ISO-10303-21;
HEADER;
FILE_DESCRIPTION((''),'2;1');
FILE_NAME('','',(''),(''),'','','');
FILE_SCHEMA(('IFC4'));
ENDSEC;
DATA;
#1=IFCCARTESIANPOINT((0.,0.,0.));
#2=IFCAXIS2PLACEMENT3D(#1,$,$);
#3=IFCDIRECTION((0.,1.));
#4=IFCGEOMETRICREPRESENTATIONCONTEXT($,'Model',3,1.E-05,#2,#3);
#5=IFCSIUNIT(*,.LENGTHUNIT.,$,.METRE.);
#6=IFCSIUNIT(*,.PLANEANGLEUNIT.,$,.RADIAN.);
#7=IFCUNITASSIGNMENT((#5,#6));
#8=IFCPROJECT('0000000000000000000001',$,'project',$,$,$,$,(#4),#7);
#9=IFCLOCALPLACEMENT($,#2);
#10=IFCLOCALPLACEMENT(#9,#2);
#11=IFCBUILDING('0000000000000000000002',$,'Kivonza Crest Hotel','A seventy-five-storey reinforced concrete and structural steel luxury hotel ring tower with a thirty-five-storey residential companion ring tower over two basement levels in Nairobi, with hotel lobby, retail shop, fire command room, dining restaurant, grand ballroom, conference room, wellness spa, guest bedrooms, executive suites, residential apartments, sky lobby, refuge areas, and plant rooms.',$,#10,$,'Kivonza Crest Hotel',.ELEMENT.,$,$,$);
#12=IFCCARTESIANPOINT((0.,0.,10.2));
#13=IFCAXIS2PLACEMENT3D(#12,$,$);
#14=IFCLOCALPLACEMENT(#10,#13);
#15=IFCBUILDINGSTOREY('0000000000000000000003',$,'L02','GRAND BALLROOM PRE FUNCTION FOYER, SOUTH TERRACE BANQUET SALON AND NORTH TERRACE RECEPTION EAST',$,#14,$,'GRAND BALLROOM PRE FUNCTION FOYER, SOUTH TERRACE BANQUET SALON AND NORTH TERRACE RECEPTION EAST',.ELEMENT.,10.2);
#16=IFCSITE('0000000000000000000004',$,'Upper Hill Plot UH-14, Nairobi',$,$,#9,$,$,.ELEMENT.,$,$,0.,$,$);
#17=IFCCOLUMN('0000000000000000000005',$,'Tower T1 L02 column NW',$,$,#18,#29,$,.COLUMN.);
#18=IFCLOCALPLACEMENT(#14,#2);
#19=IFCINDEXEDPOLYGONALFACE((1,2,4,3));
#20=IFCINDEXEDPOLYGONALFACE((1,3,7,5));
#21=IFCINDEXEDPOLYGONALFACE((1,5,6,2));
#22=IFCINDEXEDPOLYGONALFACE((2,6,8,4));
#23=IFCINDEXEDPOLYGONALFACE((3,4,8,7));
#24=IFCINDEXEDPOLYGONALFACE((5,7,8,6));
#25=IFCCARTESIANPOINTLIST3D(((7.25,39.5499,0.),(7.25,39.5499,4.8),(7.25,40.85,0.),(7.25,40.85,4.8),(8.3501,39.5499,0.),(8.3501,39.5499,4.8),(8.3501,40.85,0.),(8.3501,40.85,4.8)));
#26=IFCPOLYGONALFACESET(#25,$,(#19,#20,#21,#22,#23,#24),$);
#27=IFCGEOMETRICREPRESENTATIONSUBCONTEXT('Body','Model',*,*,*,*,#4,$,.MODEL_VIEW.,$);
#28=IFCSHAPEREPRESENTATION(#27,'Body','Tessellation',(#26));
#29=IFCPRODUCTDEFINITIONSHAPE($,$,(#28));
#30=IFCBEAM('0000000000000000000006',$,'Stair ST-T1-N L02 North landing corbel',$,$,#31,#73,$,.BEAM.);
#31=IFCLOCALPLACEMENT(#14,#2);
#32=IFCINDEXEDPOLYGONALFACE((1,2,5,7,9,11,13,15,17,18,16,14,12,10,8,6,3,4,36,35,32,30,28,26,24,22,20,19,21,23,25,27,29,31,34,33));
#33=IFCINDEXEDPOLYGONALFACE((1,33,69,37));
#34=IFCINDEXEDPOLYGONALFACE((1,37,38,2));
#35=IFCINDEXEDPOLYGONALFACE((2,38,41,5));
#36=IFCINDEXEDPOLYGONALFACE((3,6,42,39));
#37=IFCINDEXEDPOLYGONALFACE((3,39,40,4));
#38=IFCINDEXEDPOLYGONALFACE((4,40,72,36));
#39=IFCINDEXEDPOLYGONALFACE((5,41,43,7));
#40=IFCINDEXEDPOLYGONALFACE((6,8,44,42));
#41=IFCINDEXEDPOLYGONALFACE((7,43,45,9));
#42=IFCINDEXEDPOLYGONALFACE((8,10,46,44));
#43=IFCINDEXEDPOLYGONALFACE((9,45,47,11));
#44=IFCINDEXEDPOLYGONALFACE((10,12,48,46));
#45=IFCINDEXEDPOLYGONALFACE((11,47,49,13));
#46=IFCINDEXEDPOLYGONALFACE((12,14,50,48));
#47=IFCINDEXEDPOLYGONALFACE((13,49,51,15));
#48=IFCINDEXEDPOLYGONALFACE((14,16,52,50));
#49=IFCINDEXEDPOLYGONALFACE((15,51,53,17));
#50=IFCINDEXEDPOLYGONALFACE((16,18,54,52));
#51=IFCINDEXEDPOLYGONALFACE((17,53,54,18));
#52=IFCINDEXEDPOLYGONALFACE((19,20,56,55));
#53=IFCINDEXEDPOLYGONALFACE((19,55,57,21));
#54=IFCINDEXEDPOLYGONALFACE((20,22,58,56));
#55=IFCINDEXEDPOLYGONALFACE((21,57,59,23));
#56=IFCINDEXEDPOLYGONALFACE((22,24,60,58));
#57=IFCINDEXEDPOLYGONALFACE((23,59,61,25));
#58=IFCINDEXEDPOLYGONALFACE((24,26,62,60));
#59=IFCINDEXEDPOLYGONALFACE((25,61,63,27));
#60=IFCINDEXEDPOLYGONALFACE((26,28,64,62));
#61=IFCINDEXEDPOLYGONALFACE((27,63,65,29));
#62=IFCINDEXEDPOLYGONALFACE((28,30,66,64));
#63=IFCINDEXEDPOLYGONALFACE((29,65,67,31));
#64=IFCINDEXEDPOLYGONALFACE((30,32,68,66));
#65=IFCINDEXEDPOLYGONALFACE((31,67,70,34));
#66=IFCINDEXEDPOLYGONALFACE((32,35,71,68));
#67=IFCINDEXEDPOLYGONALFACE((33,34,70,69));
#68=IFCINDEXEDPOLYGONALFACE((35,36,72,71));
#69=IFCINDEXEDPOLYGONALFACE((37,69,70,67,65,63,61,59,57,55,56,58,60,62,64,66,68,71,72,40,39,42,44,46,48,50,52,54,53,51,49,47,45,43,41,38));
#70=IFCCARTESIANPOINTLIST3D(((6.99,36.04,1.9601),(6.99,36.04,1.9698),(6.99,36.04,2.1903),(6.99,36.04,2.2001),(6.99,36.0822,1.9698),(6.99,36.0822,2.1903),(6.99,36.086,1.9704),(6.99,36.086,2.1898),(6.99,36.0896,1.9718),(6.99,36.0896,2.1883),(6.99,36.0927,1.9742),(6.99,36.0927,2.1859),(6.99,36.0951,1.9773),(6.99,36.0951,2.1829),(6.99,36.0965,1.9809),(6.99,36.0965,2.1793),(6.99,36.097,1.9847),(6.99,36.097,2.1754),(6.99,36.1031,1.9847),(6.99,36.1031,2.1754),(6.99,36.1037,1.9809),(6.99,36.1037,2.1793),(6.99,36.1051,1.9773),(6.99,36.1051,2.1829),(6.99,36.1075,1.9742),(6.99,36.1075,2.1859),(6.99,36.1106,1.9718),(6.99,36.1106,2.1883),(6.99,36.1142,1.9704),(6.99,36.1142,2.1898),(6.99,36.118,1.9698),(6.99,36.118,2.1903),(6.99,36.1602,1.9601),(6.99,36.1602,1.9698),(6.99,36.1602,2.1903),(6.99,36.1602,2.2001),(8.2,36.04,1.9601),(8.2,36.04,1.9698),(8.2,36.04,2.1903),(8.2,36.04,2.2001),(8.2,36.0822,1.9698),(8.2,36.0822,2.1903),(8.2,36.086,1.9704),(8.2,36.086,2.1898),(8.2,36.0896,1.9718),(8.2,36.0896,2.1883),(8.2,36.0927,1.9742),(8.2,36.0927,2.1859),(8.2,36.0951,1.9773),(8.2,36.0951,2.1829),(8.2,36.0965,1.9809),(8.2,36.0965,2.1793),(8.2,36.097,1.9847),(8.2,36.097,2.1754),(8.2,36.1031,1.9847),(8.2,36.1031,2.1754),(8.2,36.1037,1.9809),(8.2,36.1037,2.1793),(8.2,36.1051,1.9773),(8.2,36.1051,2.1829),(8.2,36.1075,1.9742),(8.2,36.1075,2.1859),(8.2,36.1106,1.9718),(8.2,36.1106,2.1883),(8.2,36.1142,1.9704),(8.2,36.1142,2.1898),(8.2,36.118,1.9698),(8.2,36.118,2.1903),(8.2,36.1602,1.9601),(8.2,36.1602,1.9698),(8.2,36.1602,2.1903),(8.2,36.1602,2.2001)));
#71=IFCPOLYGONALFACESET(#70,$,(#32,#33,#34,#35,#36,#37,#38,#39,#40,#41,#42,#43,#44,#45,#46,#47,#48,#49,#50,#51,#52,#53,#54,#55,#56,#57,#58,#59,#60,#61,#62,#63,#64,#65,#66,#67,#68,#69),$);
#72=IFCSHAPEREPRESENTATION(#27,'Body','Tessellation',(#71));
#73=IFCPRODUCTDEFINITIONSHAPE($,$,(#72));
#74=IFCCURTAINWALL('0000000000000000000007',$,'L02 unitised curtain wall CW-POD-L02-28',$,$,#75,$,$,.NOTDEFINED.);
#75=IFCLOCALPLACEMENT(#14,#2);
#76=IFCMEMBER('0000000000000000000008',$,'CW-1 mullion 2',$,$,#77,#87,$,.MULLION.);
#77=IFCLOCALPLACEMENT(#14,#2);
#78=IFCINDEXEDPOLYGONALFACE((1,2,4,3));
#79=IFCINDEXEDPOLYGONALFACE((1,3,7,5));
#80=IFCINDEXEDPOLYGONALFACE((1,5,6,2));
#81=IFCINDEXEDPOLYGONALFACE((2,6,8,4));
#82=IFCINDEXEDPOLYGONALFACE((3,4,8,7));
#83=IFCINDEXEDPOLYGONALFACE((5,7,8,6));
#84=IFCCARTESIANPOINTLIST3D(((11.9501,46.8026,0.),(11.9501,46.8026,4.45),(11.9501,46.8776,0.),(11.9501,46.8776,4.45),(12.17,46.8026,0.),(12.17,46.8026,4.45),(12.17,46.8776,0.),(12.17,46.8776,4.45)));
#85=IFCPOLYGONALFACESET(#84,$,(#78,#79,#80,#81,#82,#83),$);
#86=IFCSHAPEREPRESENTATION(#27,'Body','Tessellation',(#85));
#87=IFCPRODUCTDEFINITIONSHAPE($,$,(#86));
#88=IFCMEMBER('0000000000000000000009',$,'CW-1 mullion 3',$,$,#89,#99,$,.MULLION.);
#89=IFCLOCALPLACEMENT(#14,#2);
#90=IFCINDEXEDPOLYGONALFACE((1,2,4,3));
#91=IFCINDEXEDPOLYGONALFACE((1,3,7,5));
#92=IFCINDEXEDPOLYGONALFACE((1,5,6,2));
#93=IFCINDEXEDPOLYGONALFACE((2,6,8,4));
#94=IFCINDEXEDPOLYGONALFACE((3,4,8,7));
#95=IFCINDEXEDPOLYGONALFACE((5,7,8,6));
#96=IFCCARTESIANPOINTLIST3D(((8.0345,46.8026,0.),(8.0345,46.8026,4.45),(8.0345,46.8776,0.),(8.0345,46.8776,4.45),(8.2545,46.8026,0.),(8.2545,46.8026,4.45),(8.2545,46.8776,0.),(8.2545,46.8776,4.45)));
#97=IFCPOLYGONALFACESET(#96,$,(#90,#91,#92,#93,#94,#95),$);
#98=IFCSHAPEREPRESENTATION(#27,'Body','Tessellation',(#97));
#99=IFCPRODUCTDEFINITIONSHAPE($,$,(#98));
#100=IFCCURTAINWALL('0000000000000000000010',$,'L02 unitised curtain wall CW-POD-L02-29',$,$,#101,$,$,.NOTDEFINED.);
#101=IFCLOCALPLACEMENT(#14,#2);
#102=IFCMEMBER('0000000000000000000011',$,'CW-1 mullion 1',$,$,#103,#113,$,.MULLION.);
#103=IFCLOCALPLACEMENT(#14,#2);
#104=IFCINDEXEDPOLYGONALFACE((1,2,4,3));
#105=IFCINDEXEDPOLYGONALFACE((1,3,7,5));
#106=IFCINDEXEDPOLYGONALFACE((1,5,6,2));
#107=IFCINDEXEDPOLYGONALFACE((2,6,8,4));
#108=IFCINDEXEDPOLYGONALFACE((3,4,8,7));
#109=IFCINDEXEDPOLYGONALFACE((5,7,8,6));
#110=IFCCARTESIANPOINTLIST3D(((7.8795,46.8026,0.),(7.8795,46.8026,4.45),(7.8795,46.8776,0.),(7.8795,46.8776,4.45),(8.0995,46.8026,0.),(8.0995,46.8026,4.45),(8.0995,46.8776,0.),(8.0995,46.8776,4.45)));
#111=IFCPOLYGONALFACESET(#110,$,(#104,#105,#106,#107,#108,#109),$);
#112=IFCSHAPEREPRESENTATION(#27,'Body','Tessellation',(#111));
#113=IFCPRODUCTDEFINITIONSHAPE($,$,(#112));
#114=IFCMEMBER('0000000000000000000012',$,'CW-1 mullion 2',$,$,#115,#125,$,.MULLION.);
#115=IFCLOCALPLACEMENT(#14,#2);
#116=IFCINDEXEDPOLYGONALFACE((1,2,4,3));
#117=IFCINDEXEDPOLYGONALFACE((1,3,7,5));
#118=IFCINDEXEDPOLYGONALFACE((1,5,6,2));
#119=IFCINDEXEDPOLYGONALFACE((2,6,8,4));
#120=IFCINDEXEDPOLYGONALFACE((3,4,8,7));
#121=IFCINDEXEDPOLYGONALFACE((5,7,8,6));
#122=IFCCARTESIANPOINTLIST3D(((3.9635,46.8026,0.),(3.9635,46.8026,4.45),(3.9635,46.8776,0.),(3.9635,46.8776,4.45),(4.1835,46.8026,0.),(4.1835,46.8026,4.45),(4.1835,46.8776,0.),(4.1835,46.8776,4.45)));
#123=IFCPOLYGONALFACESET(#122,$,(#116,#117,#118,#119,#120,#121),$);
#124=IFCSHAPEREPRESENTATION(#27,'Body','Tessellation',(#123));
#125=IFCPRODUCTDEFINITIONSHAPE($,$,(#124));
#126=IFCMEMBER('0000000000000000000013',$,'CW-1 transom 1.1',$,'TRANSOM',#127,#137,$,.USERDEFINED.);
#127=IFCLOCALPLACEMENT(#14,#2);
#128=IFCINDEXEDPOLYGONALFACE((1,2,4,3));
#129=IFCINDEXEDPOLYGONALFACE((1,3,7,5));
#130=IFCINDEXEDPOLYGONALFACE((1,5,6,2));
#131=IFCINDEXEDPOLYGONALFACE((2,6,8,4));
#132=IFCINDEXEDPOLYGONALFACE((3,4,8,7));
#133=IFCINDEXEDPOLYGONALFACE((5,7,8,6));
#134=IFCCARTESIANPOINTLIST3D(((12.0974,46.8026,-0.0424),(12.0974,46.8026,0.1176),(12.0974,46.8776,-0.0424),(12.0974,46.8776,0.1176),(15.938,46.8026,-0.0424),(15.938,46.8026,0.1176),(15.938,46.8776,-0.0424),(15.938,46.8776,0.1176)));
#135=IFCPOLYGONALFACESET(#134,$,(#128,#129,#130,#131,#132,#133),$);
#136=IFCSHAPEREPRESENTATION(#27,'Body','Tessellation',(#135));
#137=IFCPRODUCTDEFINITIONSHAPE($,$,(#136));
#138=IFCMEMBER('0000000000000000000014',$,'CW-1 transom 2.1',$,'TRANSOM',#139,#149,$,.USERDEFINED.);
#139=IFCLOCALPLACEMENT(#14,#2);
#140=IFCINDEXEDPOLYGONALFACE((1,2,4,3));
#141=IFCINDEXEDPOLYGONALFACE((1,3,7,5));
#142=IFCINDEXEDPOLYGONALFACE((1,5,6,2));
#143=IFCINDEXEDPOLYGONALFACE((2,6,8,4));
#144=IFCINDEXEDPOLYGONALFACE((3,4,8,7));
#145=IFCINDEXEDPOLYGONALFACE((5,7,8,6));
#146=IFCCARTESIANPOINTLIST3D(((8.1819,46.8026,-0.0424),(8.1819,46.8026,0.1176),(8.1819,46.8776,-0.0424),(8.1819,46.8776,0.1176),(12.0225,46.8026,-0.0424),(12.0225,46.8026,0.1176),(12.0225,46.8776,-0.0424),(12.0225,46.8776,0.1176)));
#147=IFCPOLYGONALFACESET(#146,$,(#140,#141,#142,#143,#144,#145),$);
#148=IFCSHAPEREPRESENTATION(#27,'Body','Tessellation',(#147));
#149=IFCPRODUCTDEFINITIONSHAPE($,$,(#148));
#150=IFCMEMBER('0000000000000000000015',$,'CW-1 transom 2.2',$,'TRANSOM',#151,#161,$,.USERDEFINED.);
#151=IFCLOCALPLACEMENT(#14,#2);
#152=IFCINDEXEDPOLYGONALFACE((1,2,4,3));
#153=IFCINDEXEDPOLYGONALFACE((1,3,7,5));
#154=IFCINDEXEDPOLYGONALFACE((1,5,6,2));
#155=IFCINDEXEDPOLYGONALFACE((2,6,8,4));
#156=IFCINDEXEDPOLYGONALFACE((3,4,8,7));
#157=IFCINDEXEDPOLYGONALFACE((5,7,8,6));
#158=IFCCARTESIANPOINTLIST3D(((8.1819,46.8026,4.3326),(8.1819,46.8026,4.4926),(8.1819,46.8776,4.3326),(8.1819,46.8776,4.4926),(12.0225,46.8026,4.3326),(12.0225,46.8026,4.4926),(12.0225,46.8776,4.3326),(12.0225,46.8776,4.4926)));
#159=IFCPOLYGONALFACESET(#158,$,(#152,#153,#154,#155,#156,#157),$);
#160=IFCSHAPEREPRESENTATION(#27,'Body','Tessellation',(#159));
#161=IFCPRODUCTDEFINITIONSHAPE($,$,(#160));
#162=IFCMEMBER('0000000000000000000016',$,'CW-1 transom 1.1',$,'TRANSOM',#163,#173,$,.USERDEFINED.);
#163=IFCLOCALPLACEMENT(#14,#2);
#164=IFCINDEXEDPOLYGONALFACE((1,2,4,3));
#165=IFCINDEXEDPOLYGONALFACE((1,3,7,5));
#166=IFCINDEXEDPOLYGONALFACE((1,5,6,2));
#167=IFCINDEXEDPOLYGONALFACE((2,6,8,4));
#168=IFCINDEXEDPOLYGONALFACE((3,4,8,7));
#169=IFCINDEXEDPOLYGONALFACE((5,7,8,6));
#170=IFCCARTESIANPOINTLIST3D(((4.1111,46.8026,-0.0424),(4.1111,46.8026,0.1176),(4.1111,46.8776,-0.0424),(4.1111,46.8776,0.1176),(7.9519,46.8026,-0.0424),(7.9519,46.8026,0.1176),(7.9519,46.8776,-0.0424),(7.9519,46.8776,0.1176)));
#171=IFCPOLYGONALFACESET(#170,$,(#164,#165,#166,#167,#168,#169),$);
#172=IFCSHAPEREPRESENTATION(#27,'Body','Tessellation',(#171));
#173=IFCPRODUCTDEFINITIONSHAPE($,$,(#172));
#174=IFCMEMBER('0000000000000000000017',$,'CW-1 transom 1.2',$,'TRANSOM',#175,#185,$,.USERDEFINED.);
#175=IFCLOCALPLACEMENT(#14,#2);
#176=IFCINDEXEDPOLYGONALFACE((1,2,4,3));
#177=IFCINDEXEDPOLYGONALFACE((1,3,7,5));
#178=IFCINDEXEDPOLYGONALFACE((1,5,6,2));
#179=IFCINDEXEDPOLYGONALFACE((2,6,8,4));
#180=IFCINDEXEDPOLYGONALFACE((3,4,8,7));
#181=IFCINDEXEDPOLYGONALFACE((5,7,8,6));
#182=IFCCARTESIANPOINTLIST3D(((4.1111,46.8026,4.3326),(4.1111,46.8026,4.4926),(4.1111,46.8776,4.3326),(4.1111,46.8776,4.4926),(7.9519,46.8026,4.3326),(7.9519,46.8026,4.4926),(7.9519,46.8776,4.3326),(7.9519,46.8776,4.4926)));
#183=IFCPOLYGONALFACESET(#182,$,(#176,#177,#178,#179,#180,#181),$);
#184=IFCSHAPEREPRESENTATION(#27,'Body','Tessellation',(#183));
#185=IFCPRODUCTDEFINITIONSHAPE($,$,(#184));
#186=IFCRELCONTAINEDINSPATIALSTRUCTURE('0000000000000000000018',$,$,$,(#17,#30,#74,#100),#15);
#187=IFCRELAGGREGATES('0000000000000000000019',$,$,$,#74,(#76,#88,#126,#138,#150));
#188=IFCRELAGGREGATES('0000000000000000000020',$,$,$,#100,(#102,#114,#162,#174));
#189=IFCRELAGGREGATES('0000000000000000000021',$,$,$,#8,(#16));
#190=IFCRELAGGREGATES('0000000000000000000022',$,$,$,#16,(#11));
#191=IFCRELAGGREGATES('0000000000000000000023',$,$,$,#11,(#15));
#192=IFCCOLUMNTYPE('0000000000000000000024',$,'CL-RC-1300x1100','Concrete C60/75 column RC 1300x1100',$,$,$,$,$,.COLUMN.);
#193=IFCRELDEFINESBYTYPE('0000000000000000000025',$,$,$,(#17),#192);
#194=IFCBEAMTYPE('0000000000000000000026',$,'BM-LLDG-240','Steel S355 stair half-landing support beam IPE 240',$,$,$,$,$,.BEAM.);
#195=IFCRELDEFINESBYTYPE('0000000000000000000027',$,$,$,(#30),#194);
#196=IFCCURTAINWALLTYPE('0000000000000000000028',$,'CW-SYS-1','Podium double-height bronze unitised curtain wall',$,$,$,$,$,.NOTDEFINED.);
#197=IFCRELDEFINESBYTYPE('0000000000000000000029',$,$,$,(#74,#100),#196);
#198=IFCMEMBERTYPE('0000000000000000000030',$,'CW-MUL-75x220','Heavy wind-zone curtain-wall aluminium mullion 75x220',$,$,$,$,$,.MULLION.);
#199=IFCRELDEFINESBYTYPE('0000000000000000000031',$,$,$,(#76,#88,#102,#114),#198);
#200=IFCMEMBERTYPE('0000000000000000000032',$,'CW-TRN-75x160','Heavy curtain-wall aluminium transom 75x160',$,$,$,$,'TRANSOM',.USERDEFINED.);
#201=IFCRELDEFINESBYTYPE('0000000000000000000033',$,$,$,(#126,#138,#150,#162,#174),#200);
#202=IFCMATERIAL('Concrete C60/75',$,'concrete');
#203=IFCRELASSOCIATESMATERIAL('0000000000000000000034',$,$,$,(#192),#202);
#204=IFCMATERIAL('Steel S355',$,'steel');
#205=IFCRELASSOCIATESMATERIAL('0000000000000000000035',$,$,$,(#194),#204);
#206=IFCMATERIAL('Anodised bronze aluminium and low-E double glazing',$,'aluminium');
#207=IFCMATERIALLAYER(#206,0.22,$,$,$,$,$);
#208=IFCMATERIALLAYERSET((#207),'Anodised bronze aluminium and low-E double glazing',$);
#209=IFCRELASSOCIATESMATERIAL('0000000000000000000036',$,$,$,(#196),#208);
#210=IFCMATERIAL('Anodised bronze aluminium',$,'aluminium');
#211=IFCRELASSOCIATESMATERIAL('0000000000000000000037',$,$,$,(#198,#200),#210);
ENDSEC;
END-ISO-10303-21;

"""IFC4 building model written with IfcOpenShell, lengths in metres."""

from ifc_helpers import new_model, si_unit, direction, frame, origin, origin_2d, place, context, subcontext, project, spatial, rectangle, i_section, extrude, material, layer, layer_set, material_profile, profile_set, type_object, element, aggregate, save


model = new_model("IFC4")

# Units and contexts
model_context = context("Model", 3, precision=1e-05, world=origin(), true_north=direction((0.0, 1.0)))
body_context = subcontext(model_context, "Body", "Model", "MODEL_VIEW")
ifc_project = project(units=[si_unit("LENGTHUNIT", "METRE"), si_unit("PLANEANGLEUNIT", "RADIAN")], contexts=[model_context])

# Site, building, storey
site_placement = place(None, origin())
site = spatial("IfcSite", under=ifc_project, at=site_placement, Name="Upper Hill Plot UH-14, Nairobi", CompositionType="ELEMENT", RefElevation=0.0)
building_placement = place(site_placement, origin())
building = spatial("IfcBuilding", under=site, at=building_placement, Name="Kivonza Crest Hotel", Description="A seventy-five-storey reinforced concrete and structural steel luxury hotel ring tower with a thirty-five-storey residential companion ring tower over two basement levels in Nairobi, with hotel lobby, retail shop, fire command room, dining restaurant, grand ballroom, conference room, wellness spa, guest bedrooms, executive suites, residential apartments, sky lobby, refuge areas, and plant rooms.", LongName="Kivonza Crest Hotel", CompositionType="ELEMENT")
storey_placement = place(building_placement, frame((0.0, 0.0, 10.2)))
storey = spatial("IfcBuildingStorey", under=building, at=storey_placement, Name="L02", Description="GRAND BALLROOM PRE FUNCTION FOYER, SOUTH TERRACE BANQUET SALON AND NORTH TERRACE RECEPTION EAST", LongName="GRAND BALLROOM PRE FUNCTION FOYER, SOUTH TERRACE BANQUET SALON AND NORTH TERRACE RECEPTION EAST", CompositionType="ELEMENT", Elevation=10.2)

# Column
ifc_material_1 = material(Name="Concrete C60/75", Category="concrete")
ifc_material_profile_1 = material_profile(ifc_material_1, rectangle(XDim=1.1001, YDim=1.3, at=origin_2d()), Name="RC 1300x1100")
ifc_profile_set_1 = profile_set([ifc_material_profile_1], Name="Concrete C60/75")
column_type = type_object("IfcColumnType", Name="CL-RC-1300x1100", Description="Concrete C60/75 column RC 1300x1100", PredefinedType="COLUMN", material=ifc_profile_set_1)
column_placement = place(storey_placement, frame((7.8, 40.2, 0.0), z_axis=(0.0, 0.0, 1.0), x_axis=(1.0, 0.0, 0.0)))
element("IfcColumn", 1, at=column_placement, inside=storey, type_object=column_type, Name="Tower T1 L02 column NW", PredefinedType="COLUMN", context=body_context, shape_type="SweptSolid", body=[
    extrude(rectangle(XDim=1.1001, YDim=1.3, at=origin_2d()), origin(), (0.0, 0.0, 1.0), 4.8),
])

# Beam
ifc_material_2 = material(Name="Steel S355", Category="steel")
ifc_material_profile_2 = material_profile(ifc_material_2, i_section(OverallWidth=0.1201, OverallDepth=0.24, WebThickness=0.0061, FlangeThickness=0.0098, FilletRadius=0.0149, at=origin_2d()), Name="IPE 240")
ifc_profile_set_2 = profile_set([ifc_material_profile_2], Name="Steel S355")
beam_type = type_object("IfcBeamType", Name="BM-LLDG-240", Description="Steel S355 stair half-landing support beam IPE 240", PredefinedType="BEAM", material=ifc_profile_set_2)
beam_placement = place(storey_placement, frame((6.99, 36.1001, 2.0801), z_axis=(1.0, 0.0, 0.0), x_axis=(0.0, 1.0, 0.0)))
element("IfcBeam", 2, at=beam_placement, inside=storey, type_object=beam_type, Name="Stair ST-T1-N L02 North landing corbel", PredefinedType="BEAM", context=body_context, shape_type="SweptSolid", body=[
    extrude(i_section(OverallWidth=0.1201, OverallDepth=0.24, WebThickness=0.0061, FlangeThickness=0.0098, FilletRadius=0.0149, at=origin_2d()), origin(), (0.0, 0.0, 1.0), 1.21),
])

# Curtain walls, members
ifc_material_3 = material(Name="Anodised bronze aluminium and low-E double glazing", Category="aluminium")
ifc_layer_1 = layer(ifc_material_3, 0.22)
ifc_layer_set_1 = layer_set([ifc_layer_1], Name="Anodised bronze aluminium and low-E double glazing")
curtain_wall_type = type_object("IfcCurtainWallType", Name="CW-SYS-1", Description="Podium double-height bronze unitised curtain wall", PredefinedType="NOTDEFINED", material=ifc_layer_set_1)
curtain_wall_1_placement = place(storey_placement, origin())
curtain_wall_1 = element("IfcCurtainWall", 3, at=curtain_wall_1_placement, inside=storey, type_object=curtain_wall_type, Name="L02 unitised curtain wall CW-POD-L02-28", PredefinedType="NOTDEFINED")
ifc_material_4 = material(Name="Anodised bronze aluminium", Category="aluminium")
ifc_material_profile_3 = material_profile(ifc_material_4, rectangle(XDim=0.075, YDim=0.22, at=origin_2d()), Name="CW-M 75x220")
ifc_profile_set_3 = profile_set([ifc_material_profile_3], Name="Anodised bronze aluminium")
member_type_1 = type_object("IfcMemberType", Name="CW-MUL-75x220", Description="Heavy wind-zone curtain-wall aluminium mullion 75x220", PredefinedType="MULLION", material=ifc_profile_set_3)
member_1_placement = place(storey_placement, frame((12.0601, 46.8401, 0.0), z_axis=(0.0, 0.0, 1.0), x_axis=(0.0, -1.0, 0.0)))
member_1 = element("IfcMember", 4, at=member_1_placement, type_object=member_type_1, Name="CW-1 mullion 2", PredefinedType="MULLION", context=body_context, shape_type="SweptSolid", body=[
    extrude(rectangle(XDim=0.075, YDim=0.22, at=origin_2d()), origin(), (0.0, 0.0, 1.0), 4.45),
])
member_2_placement = place(storey_placement, frame((8.1445, 46.8401, 0.0), z_axis=(0.0, 0.0, 1.0), x_axis=(0.0, -1.0, 0.0)))
member_2 = element("IfcMember", 5, at=member_2_placement, type_object=member_type_1, Name="CW-1 mullion 3", PredefinedType="MULLION", context=body_context, shape_type="SweptSolid", body=[
    extrude(rectangle(XDim=0.075, YDim=0.22, at=origin_2d()), origin(), (0.0, 0.0, 1.0), 4.45),
])
curtain_wall_2_placement = place(storey_placement, origin())
curtain_wall_2 = element("IfcCurtainWall", 6, at=curtain_wall_2_placement, inside=storey, type_object=curtain_wall_type, Name="L02 unitised curtain wall CW-POD-L02-29", PredefinedType="NOTDEFINED")
member_3_placement = place(storey_placement, frame((7.9895, 46.8401, 0.0), z_axis=(0.0, 0.0, 1.0), x_axis=(0.0, -1.0, 0.0)))
member_3 = element("IfcMember", 7, at=member_3_placement, type_object=member_type_1, Name="CW-1 mullion 1", PredefinedType="MULLION", context=body_context, shape_type="SweptSolid", body=[
    extrude(rectangle(XDim=0.075, YDim=0.22, at=origin_2d()), origin(), (0.0, 0.0, 1.0), 4.45),
])
member_4_placement = place(storey_placement, frame((4.0735, 46.8401, 0.0), z_axis=(0.0, 0.0, 1.0), x_axis=(0.0, -1.0, 0.0)))
member_4 = element("IfcMember", 8, at=member_4_placement, type_object=member_type_1, Name="CW-1 mullion 2", PredefinedType="MULLION", context=body_context, shape_type="SweptSolid", body=[
    extrude(rectangle(XDim=0.075, YDim=0.22, at=origin_2d()), origin(), (0.0, 0.0, 1.0), 4.45),
])

# Members
ifc_material_profile_4 = material_profile(ifc_material_4, rectangle(XDim=0.075, YDim=0.1599, at=origin_2d()), Name="CW-T 75x160")
ifc_profile_set_4 = profile_set([ifc_material_profile_4], Name="Anodised bronze aluminium")
member_type_2 = type_object("IfcMemberType", Name="CW-TRN-75x160", Description="Heavy curtain-wall aluminium transom 75x160", ElementType="TRANSOM", PredefinedType="USERDEFINED", material=ifc_profile_set_4)
member_5_placement = place(storey_placement, frame((15.938, 46.8401, 0.0376), z_axis=(-1.0, 0.0, 0.0), x_axis=(0.0, -1.0, 0.0)))
member_5 = element("IfcMember", 9, at=member_5_placement, type_object=member_type_2, Name="CW-1 transom 1.1", ObjectType="TRANSOM", PredefinedType="USERDEFINED", context=body_context, shape_type="SweptSolid", body=[
    extrude(rectangle(XDim=0.075, YDim=0.1599, at=origin_2d()), origin(), (0.0, 0.0, 1.0), 3.8406),
])
member_6_placement = place(storey_placement, frame((12.0225, 46.8401, 0.0376), z_axis=(-1.0, 0.0, 0.0), x_axis=(0.0, -1.0, 0.0)))
member_6 = element("IfcMember", 10, at=member_6_placement, type_object=member_type_2, Name="CW-1 transom 2.1", ObjectType="TRANSOM", PredefinedType="USERDEFINED", context=body_context, shape_type="SweptSolid", body=[
    extrude(rectangle(XDim=0.075, YDim=0.1599, at=origin_2d()), origin(), (0.0, 0.0, 1.0), 3.8406),
])
member_7_placement = place(storey_placement, frame((12.0225, 46.8401, 4.4126), z_axis=(-1.0, 0.0, 0.0), x_axis=(0.0, -1.0, 0.0)))
member_7 = element("IfcMember", 11, at=member_7_placement, type_object=member_type_2, Name="CW-1 transom 2.2", ObjectType="TRANSOM", PredefinedType="USERDEFINED", context=body_context, shape_type="SweptSolid", body=[
    extrude(rectangle(XDim=0.075, YDim=0.1599, at=origin_2d()), origin(), (0.0, 0.0, 1.0), 3.8406),
])
member_8_placement = place(storey_placement, frame((7.9519, 46.8401, 0.0376), z_axis=(-1.0, 0.0, 0.0), x_axis=(0.0, -1.0, 0.0)))
member_8 = element("IfcMember", 12, at=member_8_placement, type_object=member_type_2, Name="CW-1 transom 1.1", ObjectType="TRANSOM", PredefinedType="USERDEFINED", context=body_context, shape_type="SweptSolid", body=[
    extrude(rectangle(XDim=0.075, YDim=0.1599, at=origin_2d()), origin(), (0.0, 0.0, 1.0), 3.8408),
])
member_9_placement = place(storey_placement, frame((7.9519, 46.8401, 4.4126), z_axis=(-1.0, 0.0, 0.0), x_axis=(0.0, -1.0, 0.0)))
member_9 = element("IfcMember", 13, at=member_9_placement, type_object=member_type_2, Name="CW-1 transom 1.2", ObjectType="TRANSOM", PredefinedType="USERDEFINED", context=body_context, shape_type="SweptSolid", body=[
    extrude(rectangle(XDim=0.075, YDim=0.1599, at=origin_2d()), origin(), (0.0, 0.0, 1.0), 3.8408),
])

aggregate(curtain_wall_1, [member_1, member_2, member_5, member_6, member_7])
aggregate(curtain_wall_2, [member_3, member_4, member_8, member_9])

save(model, "model.ifc")
